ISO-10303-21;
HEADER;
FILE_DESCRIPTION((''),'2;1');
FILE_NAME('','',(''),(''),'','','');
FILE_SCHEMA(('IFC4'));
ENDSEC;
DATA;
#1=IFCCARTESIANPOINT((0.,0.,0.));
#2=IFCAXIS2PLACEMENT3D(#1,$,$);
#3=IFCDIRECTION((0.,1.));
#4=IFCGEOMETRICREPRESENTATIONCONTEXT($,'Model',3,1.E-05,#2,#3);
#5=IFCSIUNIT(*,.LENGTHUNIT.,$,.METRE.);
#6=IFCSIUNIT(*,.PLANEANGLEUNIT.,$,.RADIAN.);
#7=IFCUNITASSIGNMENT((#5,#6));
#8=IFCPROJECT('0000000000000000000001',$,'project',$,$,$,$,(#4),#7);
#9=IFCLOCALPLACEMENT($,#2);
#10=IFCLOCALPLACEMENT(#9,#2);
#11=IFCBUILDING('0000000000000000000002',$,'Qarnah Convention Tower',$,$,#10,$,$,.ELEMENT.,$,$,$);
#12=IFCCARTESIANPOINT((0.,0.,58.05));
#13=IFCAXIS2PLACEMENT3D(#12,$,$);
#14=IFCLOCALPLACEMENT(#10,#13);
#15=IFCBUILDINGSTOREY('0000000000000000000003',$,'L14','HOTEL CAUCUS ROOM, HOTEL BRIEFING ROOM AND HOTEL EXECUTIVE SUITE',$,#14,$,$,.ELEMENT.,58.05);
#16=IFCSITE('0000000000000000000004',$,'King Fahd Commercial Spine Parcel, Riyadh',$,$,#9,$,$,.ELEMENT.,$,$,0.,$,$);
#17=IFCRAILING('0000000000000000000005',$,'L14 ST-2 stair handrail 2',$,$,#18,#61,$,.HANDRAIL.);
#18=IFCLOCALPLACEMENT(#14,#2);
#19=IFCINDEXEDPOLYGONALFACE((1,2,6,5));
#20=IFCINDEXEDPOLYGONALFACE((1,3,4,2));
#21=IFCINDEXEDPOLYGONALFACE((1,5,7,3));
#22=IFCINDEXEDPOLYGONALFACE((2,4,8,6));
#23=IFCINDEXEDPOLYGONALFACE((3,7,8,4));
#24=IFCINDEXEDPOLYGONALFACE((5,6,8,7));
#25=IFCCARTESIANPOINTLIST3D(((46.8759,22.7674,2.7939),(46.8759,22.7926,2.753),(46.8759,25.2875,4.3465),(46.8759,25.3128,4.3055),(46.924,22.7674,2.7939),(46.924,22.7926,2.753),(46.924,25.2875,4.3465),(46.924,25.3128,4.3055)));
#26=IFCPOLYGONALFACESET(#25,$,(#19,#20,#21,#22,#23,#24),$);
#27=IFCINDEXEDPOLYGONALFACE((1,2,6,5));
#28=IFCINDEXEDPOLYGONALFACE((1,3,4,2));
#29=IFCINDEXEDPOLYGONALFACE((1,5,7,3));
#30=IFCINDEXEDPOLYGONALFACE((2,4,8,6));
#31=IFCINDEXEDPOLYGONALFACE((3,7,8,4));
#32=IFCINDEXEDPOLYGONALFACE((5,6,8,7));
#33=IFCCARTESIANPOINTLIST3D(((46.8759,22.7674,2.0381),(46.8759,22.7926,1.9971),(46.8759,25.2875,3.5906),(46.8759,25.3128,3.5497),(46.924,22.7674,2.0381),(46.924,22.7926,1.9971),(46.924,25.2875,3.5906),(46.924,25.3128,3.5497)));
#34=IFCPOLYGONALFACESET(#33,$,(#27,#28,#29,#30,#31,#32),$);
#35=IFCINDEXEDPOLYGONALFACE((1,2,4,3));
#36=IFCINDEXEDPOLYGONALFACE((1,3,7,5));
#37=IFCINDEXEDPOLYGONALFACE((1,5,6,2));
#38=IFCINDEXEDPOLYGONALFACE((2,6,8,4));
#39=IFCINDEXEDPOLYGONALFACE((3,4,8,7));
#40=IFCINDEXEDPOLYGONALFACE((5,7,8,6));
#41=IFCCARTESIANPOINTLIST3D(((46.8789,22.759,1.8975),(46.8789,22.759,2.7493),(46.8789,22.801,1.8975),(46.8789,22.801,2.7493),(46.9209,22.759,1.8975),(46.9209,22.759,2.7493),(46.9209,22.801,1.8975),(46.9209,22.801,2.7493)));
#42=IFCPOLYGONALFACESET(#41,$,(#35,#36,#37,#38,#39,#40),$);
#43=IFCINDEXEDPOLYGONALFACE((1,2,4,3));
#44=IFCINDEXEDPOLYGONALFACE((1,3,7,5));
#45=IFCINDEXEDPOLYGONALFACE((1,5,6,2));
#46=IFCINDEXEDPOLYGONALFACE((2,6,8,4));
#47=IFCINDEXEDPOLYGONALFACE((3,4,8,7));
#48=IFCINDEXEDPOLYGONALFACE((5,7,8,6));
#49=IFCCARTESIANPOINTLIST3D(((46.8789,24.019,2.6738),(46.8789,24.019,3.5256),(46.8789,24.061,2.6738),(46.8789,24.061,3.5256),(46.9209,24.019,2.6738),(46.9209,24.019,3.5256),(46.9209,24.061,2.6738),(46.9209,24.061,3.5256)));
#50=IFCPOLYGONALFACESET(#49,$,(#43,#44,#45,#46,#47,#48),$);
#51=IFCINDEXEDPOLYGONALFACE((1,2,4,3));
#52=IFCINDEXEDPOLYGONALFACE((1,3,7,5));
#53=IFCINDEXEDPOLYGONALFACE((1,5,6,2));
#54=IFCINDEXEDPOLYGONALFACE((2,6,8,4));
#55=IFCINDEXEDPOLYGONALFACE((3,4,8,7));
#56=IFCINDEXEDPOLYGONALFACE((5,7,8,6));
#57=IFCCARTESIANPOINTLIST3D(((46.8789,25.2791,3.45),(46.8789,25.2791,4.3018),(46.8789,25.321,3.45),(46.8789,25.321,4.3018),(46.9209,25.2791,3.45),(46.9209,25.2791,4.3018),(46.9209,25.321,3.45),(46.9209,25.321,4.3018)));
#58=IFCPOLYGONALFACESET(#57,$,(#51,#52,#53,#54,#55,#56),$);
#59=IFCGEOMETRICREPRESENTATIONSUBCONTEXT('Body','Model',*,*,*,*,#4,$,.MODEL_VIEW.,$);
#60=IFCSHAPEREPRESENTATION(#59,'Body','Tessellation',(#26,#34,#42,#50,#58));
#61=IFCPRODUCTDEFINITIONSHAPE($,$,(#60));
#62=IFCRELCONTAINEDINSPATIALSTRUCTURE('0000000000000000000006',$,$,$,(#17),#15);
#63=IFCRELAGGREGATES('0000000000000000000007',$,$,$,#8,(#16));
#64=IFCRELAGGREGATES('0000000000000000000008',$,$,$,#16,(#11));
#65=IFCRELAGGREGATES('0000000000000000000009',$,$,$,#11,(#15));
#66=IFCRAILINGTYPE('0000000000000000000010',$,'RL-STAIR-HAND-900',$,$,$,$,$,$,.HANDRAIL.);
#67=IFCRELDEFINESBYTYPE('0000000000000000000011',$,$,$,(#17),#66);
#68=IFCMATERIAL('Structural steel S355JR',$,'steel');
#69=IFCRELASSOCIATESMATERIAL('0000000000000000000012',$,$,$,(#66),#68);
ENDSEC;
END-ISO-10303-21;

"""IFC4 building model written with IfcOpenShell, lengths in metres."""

from ifc_helpers import new_model, si_unit, direction, frame, origin, origin_2d, place, context, subcontext, project, spatial, rectangle, extrude, material, type_object, element, save


model = new_model("IFC4")

# Units and contexts
model_context = context("Model", 3, precision=1e-05, world=origin(), true_north=direction((0.0, 1.0)))
body_context = subcontext(model_context, "Body", "Model", "MODEL_VIEW")
ifc_project = project(units=[si_unit("LENGTHUNIT", "METRE"), si_unit("PLANEANGLEUNIT", "RADIAN")], contexts=[model_context])

# Site, building, storey
site_placement = place(None, origin())
site = spatial("IfcSite", under=ifc_project, at=site_placement, Name="King Fahd Commercial Spine Parcel, Riyadh", CompositionType="ELEMENT", RefElevation=0.0)
building_placement = place(site_placement, origin())
building = spatial("IfcBuilding", under=site, at=building_placement, Name="Qarnah Convention Tower", CompositionType="ELEMENT")
storey_placement = place(building_placement, frame((0.0, 0.0, 58.05)))
storey = spatial("IfcBuildingStorey", under=building, at=storey_placement, Name="L14", Description="HOTEL CAUCUS ROOM, HOTEL BRIEFING ROOM AND HOTEL EXECUTIVE SUITE", CompositionType="ELEMENT", Elevation=58.05)

# Shared definitions
ifc_material_1 = material(Name="Structural steel S355JR", Category="steel")

# Railing
railing_type_1 = type_object("IfcRailingType", Name="RL-STAIR-HAND-900", PredefinedType="HANDRAIL", material=ifc_material_1)
railing_1_placement = place(storey_placement, frame((46.8999, 22.78, 1.8975)))
element("IfcRailing", 1, at=railing_1_placement, inside=storey, type_object=railing_type_1, Name="L14 ST-2 stair handrail 2", PredefinedType="HANDRAIL", context=body_context, shape_type="SweptSolid", body=[
    extrude(rectangle(XDim=0.0481, YDim=0.0481, at=origin_2d()), frame((0.0, 0.0, 0.876), z_axis=(0.0, 0.8514, 0.524516), x_axis=(-1.0, 0.0, 0.0)), (0.0, 0.0, 1.0), 2.96),
    extrude(rectangle(XDim=0.0481, YDim=0.0481, at=origin_2d()), frame((0.0, 0.0, 0.1201), z_axis=(0.0, 0.8514, 0.524516), x_axis=(-1.0, 0.0, 0.0)), (0.0, 0.0, 1.0), 2.96),
    extrude(rectangle(XDim=0.042, YDim=0.042, at=origin_2d()), origin(), (0.0, 0.0, 1.0), 0.8518),
    extrude(rectangle(XDim=0.042, YDim=0.042, at=origin_2d()), frame((0.0, 1.26, 0.7764)), (0.0, 0.0, 1.0), 0.8518),
    extrude(rectangle(XDim=0.042, YDim=0.042, at=origin_2d()), frame((0.0, 2.52, 1.5525)), (0.0, 0.0, 1.0), 0.8518),
])

save(model, "model.ifc")
